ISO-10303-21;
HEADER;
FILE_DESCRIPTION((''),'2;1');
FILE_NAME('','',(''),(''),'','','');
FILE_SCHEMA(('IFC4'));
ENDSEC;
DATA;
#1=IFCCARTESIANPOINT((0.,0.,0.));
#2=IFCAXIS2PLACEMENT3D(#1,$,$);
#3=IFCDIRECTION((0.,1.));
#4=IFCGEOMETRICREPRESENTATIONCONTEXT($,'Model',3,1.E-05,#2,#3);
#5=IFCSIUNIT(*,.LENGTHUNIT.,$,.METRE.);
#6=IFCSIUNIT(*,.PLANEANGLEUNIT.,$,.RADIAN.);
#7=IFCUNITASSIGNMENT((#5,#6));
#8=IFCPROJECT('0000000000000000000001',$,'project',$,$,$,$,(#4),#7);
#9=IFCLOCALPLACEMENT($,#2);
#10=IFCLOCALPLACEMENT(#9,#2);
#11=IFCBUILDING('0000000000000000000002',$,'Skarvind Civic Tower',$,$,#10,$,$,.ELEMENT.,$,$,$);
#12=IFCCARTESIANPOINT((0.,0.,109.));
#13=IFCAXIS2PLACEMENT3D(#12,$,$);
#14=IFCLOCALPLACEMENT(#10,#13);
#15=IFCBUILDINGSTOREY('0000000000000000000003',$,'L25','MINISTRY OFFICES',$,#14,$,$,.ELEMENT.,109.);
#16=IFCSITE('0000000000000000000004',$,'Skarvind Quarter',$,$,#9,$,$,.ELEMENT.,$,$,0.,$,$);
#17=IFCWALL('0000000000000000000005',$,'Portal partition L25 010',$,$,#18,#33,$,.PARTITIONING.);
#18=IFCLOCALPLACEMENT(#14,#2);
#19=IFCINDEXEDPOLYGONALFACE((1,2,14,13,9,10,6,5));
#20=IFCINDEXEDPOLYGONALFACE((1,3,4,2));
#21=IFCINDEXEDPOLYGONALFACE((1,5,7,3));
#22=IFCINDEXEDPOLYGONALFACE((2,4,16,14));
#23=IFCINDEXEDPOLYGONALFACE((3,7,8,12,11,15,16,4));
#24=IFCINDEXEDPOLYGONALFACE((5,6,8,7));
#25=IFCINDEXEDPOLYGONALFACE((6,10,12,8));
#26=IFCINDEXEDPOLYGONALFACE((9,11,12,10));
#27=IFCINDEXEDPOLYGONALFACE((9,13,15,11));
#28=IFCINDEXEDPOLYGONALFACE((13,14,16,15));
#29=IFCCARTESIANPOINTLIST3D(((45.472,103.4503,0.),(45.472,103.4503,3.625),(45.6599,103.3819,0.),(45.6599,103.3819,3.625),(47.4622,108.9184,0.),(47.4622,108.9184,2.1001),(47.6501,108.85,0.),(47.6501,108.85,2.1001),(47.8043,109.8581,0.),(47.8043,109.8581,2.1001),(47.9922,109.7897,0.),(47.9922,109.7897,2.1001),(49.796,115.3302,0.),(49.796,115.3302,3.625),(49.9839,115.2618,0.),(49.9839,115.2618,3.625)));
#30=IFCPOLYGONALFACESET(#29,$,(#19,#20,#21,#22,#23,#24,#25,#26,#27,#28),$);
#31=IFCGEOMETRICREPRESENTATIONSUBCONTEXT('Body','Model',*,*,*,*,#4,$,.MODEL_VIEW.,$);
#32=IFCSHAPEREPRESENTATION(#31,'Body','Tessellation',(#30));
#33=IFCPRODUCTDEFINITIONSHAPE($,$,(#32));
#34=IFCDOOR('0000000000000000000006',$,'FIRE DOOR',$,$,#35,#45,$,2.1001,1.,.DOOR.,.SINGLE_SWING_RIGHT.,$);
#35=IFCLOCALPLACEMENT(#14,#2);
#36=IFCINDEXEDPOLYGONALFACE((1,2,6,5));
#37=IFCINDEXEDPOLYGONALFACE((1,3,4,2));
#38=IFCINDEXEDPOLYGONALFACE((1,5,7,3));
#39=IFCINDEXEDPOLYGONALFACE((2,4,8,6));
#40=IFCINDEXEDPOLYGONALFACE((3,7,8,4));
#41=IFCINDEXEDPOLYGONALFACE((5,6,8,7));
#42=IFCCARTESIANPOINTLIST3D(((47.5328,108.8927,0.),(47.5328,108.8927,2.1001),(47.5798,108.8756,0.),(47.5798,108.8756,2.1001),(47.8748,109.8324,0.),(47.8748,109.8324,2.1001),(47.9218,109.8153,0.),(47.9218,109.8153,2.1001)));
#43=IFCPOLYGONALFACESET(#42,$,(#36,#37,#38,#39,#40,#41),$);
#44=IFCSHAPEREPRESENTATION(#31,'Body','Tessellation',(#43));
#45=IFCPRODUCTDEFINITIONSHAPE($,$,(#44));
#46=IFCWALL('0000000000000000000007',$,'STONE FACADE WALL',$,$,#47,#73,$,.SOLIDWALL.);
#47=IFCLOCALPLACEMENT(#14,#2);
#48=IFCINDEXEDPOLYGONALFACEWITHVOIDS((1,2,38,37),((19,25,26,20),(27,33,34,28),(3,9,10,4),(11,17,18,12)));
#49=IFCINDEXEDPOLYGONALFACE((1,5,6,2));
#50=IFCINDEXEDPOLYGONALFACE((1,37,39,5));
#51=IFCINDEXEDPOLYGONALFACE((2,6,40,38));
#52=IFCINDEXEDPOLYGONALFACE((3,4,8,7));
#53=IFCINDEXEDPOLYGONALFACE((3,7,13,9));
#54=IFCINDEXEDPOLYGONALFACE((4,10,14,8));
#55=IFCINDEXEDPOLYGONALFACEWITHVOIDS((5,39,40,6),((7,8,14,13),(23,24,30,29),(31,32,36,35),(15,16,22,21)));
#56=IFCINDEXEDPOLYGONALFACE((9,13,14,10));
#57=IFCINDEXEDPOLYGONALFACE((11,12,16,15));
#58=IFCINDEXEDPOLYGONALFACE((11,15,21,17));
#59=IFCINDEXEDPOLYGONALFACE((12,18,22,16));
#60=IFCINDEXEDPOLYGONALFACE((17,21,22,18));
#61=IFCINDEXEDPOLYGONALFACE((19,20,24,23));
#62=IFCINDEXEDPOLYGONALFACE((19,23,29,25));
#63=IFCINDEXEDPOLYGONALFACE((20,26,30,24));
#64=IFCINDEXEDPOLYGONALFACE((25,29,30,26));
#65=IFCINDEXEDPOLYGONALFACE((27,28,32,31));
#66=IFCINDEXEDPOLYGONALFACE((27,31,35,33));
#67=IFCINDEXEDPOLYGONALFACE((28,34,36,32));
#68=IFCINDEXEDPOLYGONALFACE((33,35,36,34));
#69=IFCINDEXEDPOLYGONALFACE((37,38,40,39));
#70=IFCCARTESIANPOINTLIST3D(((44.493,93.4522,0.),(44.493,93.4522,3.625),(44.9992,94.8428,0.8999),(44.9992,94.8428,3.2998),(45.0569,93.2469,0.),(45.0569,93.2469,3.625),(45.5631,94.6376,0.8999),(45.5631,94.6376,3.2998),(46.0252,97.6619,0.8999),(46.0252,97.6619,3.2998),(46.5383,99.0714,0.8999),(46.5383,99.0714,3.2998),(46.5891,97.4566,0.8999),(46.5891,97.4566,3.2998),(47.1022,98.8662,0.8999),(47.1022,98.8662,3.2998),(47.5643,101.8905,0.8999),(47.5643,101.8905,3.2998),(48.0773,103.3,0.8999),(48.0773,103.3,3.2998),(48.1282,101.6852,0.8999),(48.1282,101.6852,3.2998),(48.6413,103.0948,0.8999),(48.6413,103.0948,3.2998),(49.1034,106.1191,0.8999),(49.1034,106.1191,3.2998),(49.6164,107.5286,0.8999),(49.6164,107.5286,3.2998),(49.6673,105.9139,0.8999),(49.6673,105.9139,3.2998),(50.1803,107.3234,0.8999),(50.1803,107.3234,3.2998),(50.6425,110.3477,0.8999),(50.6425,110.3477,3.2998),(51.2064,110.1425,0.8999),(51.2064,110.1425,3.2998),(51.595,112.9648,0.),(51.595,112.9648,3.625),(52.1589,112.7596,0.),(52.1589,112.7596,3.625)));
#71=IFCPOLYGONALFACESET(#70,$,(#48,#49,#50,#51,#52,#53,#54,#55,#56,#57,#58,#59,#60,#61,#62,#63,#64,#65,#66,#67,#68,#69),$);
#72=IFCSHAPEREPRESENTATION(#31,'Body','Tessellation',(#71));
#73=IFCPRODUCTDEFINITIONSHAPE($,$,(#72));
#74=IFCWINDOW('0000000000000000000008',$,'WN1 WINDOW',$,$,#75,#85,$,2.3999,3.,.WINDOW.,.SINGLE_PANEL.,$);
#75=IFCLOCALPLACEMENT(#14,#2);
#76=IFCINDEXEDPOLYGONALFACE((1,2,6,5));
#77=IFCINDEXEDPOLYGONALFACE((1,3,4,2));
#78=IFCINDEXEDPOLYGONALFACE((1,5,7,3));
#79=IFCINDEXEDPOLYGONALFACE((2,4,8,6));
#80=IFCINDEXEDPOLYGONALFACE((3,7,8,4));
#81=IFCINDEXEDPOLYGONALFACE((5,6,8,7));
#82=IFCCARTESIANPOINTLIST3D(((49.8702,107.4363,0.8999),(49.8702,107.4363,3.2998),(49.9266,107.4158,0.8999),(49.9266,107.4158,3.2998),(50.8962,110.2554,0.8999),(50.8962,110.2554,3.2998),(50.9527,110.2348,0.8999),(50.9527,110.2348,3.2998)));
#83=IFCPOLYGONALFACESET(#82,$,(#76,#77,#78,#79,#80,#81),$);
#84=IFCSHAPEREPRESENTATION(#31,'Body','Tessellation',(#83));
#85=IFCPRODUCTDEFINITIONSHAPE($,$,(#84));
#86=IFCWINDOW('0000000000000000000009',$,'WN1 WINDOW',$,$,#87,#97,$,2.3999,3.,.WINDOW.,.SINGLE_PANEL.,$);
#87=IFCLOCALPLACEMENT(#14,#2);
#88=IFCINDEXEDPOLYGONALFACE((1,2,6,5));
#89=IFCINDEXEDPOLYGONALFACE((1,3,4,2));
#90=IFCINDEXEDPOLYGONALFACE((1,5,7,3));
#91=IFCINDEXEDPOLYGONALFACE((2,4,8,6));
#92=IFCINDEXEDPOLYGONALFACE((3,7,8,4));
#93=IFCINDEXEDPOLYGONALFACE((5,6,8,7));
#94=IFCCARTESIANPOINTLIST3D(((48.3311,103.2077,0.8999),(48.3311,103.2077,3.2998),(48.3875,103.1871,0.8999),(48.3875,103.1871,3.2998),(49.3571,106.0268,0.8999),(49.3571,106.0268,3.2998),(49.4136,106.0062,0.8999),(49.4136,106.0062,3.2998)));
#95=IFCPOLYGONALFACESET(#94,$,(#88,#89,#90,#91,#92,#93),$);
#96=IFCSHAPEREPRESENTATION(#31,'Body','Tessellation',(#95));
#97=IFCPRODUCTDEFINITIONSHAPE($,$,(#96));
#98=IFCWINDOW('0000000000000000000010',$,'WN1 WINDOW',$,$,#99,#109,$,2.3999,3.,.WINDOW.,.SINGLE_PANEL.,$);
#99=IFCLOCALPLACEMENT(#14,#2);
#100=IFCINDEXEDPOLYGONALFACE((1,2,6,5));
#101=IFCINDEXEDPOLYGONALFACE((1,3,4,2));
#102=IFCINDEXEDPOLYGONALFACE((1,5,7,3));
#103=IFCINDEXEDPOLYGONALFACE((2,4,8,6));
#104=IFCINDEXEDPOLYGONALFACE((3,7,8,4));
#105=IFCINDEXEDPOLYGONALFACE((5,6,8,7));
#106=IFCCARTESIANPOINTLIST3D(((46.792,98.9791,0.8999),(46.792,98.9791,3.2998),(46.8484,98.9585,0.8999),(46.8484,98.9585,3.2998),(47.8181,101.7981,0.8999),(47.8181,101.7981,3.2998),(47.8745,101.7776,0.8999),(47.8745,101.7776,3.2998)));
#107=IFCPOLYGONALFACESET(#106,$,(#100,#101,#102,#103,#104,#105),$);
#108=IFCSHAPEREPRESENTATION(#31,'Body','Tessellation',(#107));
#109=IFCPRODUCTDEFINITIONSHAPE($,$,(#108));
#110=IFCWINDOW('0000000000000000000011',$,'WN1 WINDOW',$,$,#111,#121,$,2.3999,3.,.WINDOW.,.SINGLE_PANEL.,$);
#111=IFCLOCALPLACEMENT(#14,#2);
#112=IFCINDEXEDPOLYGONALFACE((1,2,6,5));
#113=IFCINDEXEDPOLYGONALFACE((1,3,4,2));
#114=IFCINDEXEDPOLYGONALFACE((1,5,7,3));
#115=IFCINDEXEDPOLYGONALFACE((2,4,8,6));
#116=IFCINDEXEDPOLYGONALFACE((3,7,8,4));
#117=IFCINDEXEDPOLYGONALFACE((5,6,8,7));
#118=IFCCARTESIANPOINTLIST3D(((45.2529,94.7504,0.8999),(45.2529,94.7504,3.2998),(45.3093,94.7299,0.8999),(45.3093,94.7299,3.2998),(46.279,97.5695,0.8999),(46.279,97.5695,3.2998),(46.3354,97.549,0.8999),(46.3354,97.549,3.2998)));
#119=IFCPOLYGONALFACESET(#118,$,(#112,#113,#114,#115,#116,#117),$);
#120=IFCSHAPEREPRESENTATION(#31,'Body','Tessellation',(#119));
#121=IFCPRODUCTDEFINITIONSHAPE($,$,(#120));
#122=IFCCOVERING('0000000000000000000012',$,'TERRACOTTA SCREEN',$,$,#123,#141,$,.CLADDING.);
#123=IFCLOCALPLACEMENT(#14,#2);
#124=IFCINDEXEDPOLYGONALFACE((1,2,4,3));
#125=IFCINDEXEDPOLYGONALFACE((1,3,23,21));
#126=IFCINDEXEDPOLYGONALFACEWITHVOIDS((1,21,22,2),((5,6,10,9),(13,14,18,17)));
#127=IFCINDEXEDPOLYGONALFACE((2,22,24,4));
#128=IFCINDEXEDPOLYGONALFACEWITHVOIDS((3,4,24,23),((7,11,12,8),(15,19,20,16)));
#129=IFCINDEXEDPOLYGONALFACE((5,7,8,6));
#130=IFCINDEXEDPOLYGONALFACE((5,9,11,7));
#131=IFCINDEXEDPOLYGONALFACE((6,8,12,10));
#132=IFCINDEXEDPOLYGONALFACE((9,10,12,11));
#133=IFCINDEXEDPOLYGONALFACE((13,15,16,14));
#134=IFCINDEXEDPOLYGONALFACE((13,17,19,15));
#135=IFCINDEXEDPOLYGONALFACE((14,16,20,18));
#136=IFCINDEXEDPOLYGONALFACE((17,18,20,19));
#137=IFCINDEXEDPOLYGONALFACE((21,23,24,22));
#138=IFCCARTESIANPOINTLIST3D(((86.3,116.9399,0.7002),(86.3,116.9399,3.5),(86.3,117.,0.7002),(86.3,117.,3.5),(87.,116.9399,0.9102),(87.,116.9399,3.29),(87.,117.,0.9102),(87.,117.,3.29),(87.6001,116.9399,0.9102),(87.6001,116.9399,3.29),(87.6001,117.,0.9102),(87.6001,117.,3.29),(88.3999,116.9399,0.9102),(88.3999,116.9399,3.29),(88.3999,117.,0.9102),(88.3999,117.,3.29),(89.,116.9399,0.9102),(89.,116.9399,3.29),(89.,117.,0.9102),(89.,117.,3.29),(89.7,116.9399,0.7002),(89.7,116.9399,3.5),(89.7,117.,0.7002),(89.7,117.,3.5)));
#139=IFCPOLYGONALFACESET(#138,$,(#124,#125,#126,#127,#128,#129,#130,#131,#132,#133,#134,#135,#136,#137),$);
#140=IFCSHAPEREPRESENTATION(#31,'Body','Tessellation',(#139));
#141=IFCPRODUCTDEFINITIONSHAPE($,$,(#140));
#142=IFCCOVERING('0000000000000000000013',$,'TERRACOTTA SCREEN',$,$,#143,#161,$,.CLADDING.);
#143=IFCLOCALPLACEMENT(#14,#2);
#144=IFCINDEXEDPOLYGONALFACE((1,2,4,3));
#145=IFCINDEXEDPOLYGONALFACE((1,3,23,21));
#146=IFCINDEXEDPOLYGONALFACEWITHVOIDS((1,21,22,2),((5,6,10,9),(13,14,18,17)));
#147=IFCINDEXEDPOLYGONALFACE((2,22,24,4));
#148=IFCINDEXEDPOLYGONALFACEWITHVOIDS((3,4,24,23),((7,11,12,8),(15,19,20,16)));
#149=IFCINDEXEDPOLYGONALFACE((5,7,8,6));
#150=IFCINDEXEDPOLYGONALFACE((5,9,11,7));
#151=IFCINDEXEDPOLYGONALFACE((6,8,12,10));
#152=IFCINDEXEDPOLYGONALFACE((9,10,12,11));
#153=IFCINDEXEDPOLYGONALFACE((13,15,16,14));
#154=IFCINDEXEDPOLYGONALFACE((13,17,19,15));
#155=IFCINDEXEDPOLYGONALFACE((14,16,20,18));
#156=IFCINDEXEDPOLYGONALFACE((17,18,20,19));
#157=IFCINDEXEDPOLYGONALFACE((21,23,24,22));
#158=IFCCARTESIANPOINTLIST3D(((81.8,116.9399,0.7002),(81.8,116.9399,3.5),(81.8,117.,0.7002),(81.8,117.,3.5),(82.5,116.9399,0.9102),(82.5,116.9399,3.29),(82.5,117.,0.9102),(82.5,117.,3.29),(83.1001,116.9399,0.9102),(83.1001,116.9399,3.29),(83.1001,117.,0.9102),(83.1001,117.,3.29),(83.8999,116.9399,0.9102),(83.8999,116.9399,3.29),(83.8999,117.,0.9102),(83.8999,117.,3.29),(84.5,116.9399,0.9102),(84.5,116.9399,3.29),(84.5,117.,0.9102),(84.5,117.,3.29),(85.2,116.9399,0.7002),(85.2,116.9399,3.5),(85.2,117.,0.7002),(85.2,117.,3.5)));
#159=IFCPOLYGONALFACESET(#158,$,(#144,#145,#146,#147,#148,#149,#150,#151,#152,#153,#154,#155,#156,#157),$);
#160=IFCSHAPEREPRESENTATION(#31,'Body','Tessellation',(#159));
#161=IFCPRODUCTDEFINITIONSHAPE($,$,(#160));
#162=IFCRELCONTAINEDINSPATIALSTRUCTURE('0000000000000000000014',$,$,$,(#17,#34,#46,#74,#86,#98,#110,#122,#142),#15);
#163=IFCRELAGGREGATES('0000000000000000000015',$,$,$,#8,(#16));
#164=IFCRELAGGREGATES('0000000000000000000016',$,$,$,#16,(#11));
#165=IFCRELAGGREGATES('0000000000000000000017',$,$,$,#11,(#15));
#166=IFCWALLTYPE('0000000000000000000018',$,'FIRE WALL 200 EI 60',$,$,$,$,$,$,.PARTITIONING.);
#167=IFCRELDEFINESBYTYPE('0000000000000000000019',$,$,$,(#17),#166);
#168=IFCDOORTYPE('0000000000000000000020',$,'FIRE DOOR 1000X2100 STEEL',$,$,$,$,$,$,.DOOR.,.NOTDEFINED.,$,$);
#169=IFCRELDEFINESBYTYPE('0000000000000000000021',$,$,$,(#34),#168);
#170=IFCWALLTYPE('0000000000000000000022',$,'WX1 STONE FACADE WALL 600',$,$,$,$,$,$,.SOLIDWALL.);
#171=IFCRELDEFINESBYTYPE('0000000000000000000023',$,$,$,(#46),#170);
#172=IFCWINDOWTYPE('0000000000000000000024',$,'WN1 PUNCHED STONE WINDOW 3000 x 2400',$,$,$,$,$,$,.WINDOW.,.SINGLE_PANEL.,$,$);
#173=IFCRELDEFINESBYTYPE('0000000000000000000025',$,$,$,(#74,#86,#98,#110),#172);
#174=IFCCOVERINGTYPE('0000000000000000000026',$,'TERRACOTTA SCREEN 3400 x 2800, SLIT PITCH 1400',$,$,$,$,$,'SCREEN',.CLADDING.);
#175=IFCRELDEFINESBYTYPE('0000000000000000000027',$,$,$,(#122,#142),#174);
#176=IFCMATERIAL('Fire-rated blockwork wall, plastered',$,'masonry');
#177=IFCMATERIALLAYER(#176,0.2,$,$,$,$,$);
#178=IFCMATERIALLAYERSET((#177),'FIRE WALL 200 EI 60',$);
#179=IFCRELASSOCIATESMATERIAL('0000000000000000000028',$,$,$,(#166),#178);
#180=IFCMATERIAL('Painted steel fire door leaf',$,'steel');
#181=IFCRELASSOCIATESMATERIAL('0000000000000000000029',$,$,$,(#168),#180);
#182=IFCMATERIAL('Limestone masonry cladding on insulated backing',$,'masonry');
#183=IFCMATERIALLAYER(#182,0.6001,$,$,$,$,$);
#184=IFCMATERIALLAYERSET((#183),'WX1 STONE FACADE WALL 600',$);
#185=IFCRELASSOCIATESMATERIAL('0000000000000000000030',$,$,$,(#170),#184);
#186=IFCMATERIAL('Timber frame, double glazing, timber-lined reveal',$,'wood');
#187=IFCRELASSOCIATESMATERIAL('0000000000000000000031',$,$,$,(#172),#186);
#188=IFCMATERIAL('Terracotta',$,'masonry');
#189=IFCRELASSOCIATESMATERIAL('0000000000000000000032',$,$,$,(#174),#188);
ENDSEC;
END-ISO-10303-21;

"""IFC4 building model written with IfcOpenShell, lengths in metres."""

from ifc_helpers import new_model, si_unit, direction, frame, frame_2d, origin, place, context, subcontext, project, spatial, polyline, rectangle, outline, extrude, material, layer, layer_set, material_profile, profile_set, type_object, element, fill, save


model = new_model("IFC4")

# Units and contexts
model_context = context("Model", 3, precision=1e-05, world=origin(), true_north=direction((0.0, 1.0)))
body_context = subcontext(model_context, "Body", "Model", "MODEL_VIEW")
ifc_project = project(units=[si_unit("LENGTHUNIT", "METRE"), si_unit("PLANEANGLEUNIT", "RADIAN")], contexts=[model_context])

# Site, building, storey
site_placement = place(None, origin())
site = spatial("IfcSite", under=ifc_project, at=site_placement, Name="Skarvind Quarter", CompositionType="ELEMENT", RefElevation=0.0)
building_placement = place(site_placement, origin())
building = spatial("IfcBuilding", under=site, at=building_placement, Name="Skarvind Civic Tower", CompositionType="ELEMENT")
storey_placement = place(building_placement, frame((0.0, 0.0, 109.0)))
storey = spatial("IfcBuildingStorey", under=building, at=storey_placement, Name="L25", Description="MINISTRY OFFICES", CompositionType="ELEMENT", Elevation=109.0)

# Shared definitions
ifc_material_1 = material(Name="Fire-rated blockwork wall, plastered", Category="masonry")
ifc_layer_1 = layer(ifc_material_1, 0.2)
ifc_layer_set_1 = layer_set([ifc_layer_1], Name="FIRE WALL 200 EI 60")
wall_type_1 = type_object("IfcWallType", Name="FIRE WALL 200 EI 60", PredefinedType="PARTITIONING", material=ifc_layer_set_1)

# Wall, opening, door
wall_1_placement = place(storey_placement, frame((45.5659, 103.416, 0.0), z_axis=(0.0, 0.0, 1.0), x_axis=(0.342024, 0.939691, 0.0)))
wall_1 = element("IfcWall", 1, at=wall_1_placement, inside=storey, type_object=wall_type_1, Name="Portal partition L25 010", PredefinedType="PARTITIONING", context=body_context, shape_type="SweptSolid", body=[
    extrude(rectangle(XDim=12.6423, YDim=0.2, at=frame_2d((6.3213, 0.0))), origin(), (0.0, 0.0, 1.0), 3.625),
])
opening_1_placement = place(wall_1_placement, frame((5.8191, 0.0, 0.0)))
opening_1 = element("IfcOpeningElement", 2, at=opening_1_placement, cuts=wall_1, PredefinedType="OPENING", context=body_context, shape_type="SweptSolid", body=[
    extrude(rectangle(XDim=1.0, YDim=2.1001, at=frame_2d((0.5, 1.05))), frame((0.0, 0.1099, 0.0), z_axis=(0.0, -1.0, 0.0), x_axis=(1.0, 0.0, 0.0)), (0.0, 0.0, 1.0), 0.22),
])
ifc_material_2 = material(Name="Painted steel fire door leaf", Category="steel")
door_type_1 = type_object("IfcDoorType", Name="FIRE DOOR 1000X2100 STEEL", OperationType="NOTDEFINED", PredefinedType="DOOR", material=ifc_material_2)
door_1_placement = place(opening_1_placement, origin())
door_1 = element("IfcDoor", 3, at=door_1_placement, inside=storey, type_object=door_type_1, Name="FIRE DOOR", OperationType="SINGLE_SWING_RIGHT", OverallHeight=2.1001, OverallWidth=1.0, PredefinedType="DOOR", context=body_context, shape_type="SweptSolid", body=[
    extrude(rectangle(XDim=1.0, YDim=2.1001, at=frame_2d((0.5, 1.05))), frame((0.0, 0.0249, 0.0), z_axis=(0.0, -1.0, 0.0), x_axis=(1.0, 0.0, 0.0)), (0.0, 0.0, 1.0), 0.05),
])
fill(opening_1, door_1)

# Wall, openings, windows
ifc_material_3 = material(Name="Limestone masonry cladding on insulated backing", Category="masonry")
ifc_layer_2 = layer(ifc_material_3, 0.6001)
ifc_layer_set_2 = layer_set([ifc_layer_2], Name="WX1 STONE FACADE WALL 600")
wall_type_2 = type_object("IfcWallType", Name="WX1 STONE FACADE WALL 600", PredefinedType="SOLIDWALL", material=ifc_layer_set_2)
wall_2_placement = place(storey_placement, frame((51.877, 112.8621, 0.0), z_axis=(0.0, 0.0, 1.0), x_axis=(-0.342021, -0.939692, 0.0)))
wall_2 = element("IfcWall", 4, at=wall_2_placement, inside=storey, type_object=wall_type_2, Name="STONE FACADE WALL", PredefinedType="SOLIDWALL", context=body_context, shape_type="SweptSolid", body=[
    extrude(rectangle(XDim=20.7649, YDim=0.6001, at=frame_2d((10.3823, 0.0))), origin(), (0.0, 0.0, 1.0), 3.625),
])
opening_2_placement = place(wall_2_placement, frame((2.7849, 0.0, 0.8999)))
opening_2 = element("IfcOpeningElement", 5, at=opening_2_placement, cuts=wall_2, PredefinedType="OPENING", context=body_context, shape_type="SweptSolid", body=[
    extrude(rectangle(XDim=3.0, YDim=2.3999, at=frame_2d((1.5, 1.2))), frame((0.0, 0.3101, 0.0), z_axis=(0.0, -1.0, 0.0), x_axis=(1.0, 0.0, 0.0)), (0.0, 0.0, 1.0), 0.6201),
])
opening_3_placement = place(wall_2_placement, frame((7.2849, 0.0, 0.8999)))
opening_3 = element("IfcOpeningElement", 6, at=opening_3_placement, cuts=wall_2, PredefinedType="OPENING", context=body_context, shape_type="SweptSolid", body=[
    extrude(rectangle(XDim=3.0, YDim=2.3999, at=frame_2d((1.5, 1.2))), frame((0.0, 0.3101, 0.0), z_axis=(0.0, -1.0, 0.0), x_axis=(1.0, 0.0, 0.0)), (0.0, 0.0, 1.0), 0.6201),
])
opening_4_placement = place(wall_2_placement, frame((11.7849, 0.0, 0.8999)))
opening_4 = element("IfcOpeningElement", 7, at=opening_4_placement, cuts=wall_2, PredefinedType="OPENING", context=body_context, shape_type="SweptSolid", body=[
    extrude(rectangle(XDim=3.0, YDim=2.3999, at=frame_2d((1.5, 1.2))), frame((0.0, 0.3101, 0.0), z_axis=(0.0, -1.0, 0.0), x_axis=(1.0, 0.0, 0.0)), (0.0, 0.0, 1.0), 0.6201),
])
opening_5_placement = place(wall_2_placement, frame((16.2849, 0.0, 0.8999)))
opening_5 = element("IfcOpeningElement", 8, at=opening_5_placement, cuts=wall_2, PredefinedType="OPENING", context=body_context, shape_type="SweptSolid", body=[
    extrude(rectangle(XDim=3.0, YDim=2.3999, at=frame_2d((1.5, 1.2))), frame((0.0, 0.3101, 0.0), z_axis=(0.0, -1.0, 0.0), x_axis=(1.0, 0.0, 0.0)), (0.0, 0.0, 1.0), 0.6201),
])
ifc_material_4 = material(Name="Timber frame, double glazing, timber-lined reveal", Category="wood")
window_type = type_object("IfcWindowType", Name="WN1 PUNCHED STONE WINDOW 3000 x 2400", PartitioningType="SINGLE_PANEL", PredefinedType="WINDOW", material=ifc_material_4)
window_1_placement = place(opening_2_placement, origin())
window_1 = element("IfcWindow", 9, at=window_1_placement, inside=storey, type_object=window_type, Name="WN1 WINDOW", OverallHeight=2.3999, OverallWidth=3.0, PartitioningType="SINGLE_PANEL", PredefinedType="WINDOW", context=body_context, shape_type="SweptSolid", body=[
    extrude(rectangle(XDim=3.0, YDim=2.3999, at=frame_2d((1.5, 1.2))), frame((0.0, 0.03, 0.0), z_axis=(0.0, -1.0, 0.0), x_axis=(1.0, 0.0, 0.0)), (0.0, 0.0, 1.0), 0.0601),
])
fill(opening_2, window_1)
window_2_placement = place(opening_3_placement, origin())
window_2 = element("IfcWindow", 10, at=window_2_placement, inside=storey, type_object=window_type, Name="WN1 WINDOW", OverallHeight=2.3999, OverallWidth=3.0, PartitioningType="SINGLE_PANEL", PredefinedType="WINDOW", context=body_context, shape_type="SweptSolid", body=[
    extrude(rectangle(XDim=3.0, YDim=2.3999, at=frame_2d((1.5, 1.2))), frame((0.0, 0.03, 0.0), z_axis=(0.0, -1.0, 0.0), x_axis=(1.0, 0.0, 0.0)), (0.0, 0.0, 1.0), 0.0601),
])
fill(opening_3, window_2)
window_3_placement = place(opening_4_placement, origin())
window_3 = element("IfcWindow", 11, at=window_3_placement, inside=storey, type_object=window_type, Name="WN1 WINDOW", OverallHeight=2.3999, OverallWidth=3.0, PartitioningType="SINGLE_PANEL", PredefinedType="WINDOW", context=body_context, shape_type="SweptSolid", body=[
    extrude(rectangle(XDim=3.0, YDim=2.3999, at=frame_2d((1.5, 1.2))), frame((0.0, 0.03, 0.0), z_axis=(0.0, -1.0, 0.0), x_axis=(1.0, 0.0, 0.0)), (0.0, 0.0, 1.0), 0.0601),
])
fill(opening_4, window_3)
window_4_placement = place(opening_5_placement, origin())
window_4 = element("IfcWindow", 12, at=window_4_placement, inside=storey, type_object=window_type, Name="WN1 WINDOW", OverallHeight=2.3999, OverallWidth=3.0, PartitioningType="SINGLE_PANEL", PredefinedType="WINDOW", context=body_context, shape_type="SweptSolid", body=[
    extrude(rectangle(XDim=3.0, YDim=2.3999, at=frame_2d((1.5, 1.2))), frame((0.0, 0.03, 0.0), z_axis=(0.0, -1.0, 0.0), x_axis=(1.0, 0.0, 0.0)), (0.0, 0.0, 1.0), 0.0601),
])
fill(opening_5, window_4)

# Coverings
ifc_material_5 = material(Name="Terracotta", Category="masonry")
ifc_material_profile_1 = material_profile(ifc_material_5, outline(polyline([(-1.7, -1.3999), (1.7, -1.3999), (1.7, 1.3999), (-1.7, 1.3999), (-1.7, -1.3999)]), holes=[polyline([(-1.0, -1.1899), (-0.3999, -1.1899), (-0.3999, 1.1899), (-1.0, 1.1899), (-1.0, -1.1899)]), polyline([(0.3999, -1.1899), (1.0, -1.1899), (1.0, 1.1899), (0.3999, 1.1899), (0.3999, -1.1899)])]), Name="TERRACOTTA SCREEN 3400 x 2800, SLIT PITCH 1400")
ifc_profile_set_1 = profile_set([ifc_material_profile_1], Name="Terracotta")
covering_type_1 = type_object("IfcCoveringType", Name="TERRACOTTA SCREEN 3400 x 2800, SLIT PITCH 1400", ElementType="SCREEN", PredefinedType="CLADDING", material=ifc_profile_set_1)
for number, where, z_axis, x_axis, name in (
    (13, (88.0, 117.0, 2.1001), (0.0, -1.0, 0.0), (1.0, 0.0, 0.0), "TERRACOTTA SCREEN"),
    (14, (83.5, 117.0, 2.1001), (0.0, -1.0, 0.0), (1.0, 0.0, 0.0), "TERRACOTTA SCREEN"),
):
    element("IfcCovering", number, at=place(storey_placement, frame(where, z_axis=z_axis, x_axis=x_axis)), inside=storey, type_object=covering_type_1, Name=name, PredefinedType="CLADDING", context=body_context, shape_type="SweptSolid", body=[
        extrude(outline(polyline([(-1.7, -1.3999), (1.7, -1.3999), (1.7, 1.3999), (-1.7, 1.3999), (-1.7, -1.3999)]), holes=[polyline([(-1.0, -1.1899), (-0.3999, -1.1899), (-0.3999, 1.1899), (-1.0, 1.1899), (-1.0, -1.1899)]), polyline([(0.3999, -1.1899), (1.0, -1.1899), (1.0, 1.1899), (0.3999, 1.1899), (0.3999, -1.1899)])]), origin(), (0.0, 0.0, 1.0), 0.0601),
    ])

save(model, "model.ifc")
